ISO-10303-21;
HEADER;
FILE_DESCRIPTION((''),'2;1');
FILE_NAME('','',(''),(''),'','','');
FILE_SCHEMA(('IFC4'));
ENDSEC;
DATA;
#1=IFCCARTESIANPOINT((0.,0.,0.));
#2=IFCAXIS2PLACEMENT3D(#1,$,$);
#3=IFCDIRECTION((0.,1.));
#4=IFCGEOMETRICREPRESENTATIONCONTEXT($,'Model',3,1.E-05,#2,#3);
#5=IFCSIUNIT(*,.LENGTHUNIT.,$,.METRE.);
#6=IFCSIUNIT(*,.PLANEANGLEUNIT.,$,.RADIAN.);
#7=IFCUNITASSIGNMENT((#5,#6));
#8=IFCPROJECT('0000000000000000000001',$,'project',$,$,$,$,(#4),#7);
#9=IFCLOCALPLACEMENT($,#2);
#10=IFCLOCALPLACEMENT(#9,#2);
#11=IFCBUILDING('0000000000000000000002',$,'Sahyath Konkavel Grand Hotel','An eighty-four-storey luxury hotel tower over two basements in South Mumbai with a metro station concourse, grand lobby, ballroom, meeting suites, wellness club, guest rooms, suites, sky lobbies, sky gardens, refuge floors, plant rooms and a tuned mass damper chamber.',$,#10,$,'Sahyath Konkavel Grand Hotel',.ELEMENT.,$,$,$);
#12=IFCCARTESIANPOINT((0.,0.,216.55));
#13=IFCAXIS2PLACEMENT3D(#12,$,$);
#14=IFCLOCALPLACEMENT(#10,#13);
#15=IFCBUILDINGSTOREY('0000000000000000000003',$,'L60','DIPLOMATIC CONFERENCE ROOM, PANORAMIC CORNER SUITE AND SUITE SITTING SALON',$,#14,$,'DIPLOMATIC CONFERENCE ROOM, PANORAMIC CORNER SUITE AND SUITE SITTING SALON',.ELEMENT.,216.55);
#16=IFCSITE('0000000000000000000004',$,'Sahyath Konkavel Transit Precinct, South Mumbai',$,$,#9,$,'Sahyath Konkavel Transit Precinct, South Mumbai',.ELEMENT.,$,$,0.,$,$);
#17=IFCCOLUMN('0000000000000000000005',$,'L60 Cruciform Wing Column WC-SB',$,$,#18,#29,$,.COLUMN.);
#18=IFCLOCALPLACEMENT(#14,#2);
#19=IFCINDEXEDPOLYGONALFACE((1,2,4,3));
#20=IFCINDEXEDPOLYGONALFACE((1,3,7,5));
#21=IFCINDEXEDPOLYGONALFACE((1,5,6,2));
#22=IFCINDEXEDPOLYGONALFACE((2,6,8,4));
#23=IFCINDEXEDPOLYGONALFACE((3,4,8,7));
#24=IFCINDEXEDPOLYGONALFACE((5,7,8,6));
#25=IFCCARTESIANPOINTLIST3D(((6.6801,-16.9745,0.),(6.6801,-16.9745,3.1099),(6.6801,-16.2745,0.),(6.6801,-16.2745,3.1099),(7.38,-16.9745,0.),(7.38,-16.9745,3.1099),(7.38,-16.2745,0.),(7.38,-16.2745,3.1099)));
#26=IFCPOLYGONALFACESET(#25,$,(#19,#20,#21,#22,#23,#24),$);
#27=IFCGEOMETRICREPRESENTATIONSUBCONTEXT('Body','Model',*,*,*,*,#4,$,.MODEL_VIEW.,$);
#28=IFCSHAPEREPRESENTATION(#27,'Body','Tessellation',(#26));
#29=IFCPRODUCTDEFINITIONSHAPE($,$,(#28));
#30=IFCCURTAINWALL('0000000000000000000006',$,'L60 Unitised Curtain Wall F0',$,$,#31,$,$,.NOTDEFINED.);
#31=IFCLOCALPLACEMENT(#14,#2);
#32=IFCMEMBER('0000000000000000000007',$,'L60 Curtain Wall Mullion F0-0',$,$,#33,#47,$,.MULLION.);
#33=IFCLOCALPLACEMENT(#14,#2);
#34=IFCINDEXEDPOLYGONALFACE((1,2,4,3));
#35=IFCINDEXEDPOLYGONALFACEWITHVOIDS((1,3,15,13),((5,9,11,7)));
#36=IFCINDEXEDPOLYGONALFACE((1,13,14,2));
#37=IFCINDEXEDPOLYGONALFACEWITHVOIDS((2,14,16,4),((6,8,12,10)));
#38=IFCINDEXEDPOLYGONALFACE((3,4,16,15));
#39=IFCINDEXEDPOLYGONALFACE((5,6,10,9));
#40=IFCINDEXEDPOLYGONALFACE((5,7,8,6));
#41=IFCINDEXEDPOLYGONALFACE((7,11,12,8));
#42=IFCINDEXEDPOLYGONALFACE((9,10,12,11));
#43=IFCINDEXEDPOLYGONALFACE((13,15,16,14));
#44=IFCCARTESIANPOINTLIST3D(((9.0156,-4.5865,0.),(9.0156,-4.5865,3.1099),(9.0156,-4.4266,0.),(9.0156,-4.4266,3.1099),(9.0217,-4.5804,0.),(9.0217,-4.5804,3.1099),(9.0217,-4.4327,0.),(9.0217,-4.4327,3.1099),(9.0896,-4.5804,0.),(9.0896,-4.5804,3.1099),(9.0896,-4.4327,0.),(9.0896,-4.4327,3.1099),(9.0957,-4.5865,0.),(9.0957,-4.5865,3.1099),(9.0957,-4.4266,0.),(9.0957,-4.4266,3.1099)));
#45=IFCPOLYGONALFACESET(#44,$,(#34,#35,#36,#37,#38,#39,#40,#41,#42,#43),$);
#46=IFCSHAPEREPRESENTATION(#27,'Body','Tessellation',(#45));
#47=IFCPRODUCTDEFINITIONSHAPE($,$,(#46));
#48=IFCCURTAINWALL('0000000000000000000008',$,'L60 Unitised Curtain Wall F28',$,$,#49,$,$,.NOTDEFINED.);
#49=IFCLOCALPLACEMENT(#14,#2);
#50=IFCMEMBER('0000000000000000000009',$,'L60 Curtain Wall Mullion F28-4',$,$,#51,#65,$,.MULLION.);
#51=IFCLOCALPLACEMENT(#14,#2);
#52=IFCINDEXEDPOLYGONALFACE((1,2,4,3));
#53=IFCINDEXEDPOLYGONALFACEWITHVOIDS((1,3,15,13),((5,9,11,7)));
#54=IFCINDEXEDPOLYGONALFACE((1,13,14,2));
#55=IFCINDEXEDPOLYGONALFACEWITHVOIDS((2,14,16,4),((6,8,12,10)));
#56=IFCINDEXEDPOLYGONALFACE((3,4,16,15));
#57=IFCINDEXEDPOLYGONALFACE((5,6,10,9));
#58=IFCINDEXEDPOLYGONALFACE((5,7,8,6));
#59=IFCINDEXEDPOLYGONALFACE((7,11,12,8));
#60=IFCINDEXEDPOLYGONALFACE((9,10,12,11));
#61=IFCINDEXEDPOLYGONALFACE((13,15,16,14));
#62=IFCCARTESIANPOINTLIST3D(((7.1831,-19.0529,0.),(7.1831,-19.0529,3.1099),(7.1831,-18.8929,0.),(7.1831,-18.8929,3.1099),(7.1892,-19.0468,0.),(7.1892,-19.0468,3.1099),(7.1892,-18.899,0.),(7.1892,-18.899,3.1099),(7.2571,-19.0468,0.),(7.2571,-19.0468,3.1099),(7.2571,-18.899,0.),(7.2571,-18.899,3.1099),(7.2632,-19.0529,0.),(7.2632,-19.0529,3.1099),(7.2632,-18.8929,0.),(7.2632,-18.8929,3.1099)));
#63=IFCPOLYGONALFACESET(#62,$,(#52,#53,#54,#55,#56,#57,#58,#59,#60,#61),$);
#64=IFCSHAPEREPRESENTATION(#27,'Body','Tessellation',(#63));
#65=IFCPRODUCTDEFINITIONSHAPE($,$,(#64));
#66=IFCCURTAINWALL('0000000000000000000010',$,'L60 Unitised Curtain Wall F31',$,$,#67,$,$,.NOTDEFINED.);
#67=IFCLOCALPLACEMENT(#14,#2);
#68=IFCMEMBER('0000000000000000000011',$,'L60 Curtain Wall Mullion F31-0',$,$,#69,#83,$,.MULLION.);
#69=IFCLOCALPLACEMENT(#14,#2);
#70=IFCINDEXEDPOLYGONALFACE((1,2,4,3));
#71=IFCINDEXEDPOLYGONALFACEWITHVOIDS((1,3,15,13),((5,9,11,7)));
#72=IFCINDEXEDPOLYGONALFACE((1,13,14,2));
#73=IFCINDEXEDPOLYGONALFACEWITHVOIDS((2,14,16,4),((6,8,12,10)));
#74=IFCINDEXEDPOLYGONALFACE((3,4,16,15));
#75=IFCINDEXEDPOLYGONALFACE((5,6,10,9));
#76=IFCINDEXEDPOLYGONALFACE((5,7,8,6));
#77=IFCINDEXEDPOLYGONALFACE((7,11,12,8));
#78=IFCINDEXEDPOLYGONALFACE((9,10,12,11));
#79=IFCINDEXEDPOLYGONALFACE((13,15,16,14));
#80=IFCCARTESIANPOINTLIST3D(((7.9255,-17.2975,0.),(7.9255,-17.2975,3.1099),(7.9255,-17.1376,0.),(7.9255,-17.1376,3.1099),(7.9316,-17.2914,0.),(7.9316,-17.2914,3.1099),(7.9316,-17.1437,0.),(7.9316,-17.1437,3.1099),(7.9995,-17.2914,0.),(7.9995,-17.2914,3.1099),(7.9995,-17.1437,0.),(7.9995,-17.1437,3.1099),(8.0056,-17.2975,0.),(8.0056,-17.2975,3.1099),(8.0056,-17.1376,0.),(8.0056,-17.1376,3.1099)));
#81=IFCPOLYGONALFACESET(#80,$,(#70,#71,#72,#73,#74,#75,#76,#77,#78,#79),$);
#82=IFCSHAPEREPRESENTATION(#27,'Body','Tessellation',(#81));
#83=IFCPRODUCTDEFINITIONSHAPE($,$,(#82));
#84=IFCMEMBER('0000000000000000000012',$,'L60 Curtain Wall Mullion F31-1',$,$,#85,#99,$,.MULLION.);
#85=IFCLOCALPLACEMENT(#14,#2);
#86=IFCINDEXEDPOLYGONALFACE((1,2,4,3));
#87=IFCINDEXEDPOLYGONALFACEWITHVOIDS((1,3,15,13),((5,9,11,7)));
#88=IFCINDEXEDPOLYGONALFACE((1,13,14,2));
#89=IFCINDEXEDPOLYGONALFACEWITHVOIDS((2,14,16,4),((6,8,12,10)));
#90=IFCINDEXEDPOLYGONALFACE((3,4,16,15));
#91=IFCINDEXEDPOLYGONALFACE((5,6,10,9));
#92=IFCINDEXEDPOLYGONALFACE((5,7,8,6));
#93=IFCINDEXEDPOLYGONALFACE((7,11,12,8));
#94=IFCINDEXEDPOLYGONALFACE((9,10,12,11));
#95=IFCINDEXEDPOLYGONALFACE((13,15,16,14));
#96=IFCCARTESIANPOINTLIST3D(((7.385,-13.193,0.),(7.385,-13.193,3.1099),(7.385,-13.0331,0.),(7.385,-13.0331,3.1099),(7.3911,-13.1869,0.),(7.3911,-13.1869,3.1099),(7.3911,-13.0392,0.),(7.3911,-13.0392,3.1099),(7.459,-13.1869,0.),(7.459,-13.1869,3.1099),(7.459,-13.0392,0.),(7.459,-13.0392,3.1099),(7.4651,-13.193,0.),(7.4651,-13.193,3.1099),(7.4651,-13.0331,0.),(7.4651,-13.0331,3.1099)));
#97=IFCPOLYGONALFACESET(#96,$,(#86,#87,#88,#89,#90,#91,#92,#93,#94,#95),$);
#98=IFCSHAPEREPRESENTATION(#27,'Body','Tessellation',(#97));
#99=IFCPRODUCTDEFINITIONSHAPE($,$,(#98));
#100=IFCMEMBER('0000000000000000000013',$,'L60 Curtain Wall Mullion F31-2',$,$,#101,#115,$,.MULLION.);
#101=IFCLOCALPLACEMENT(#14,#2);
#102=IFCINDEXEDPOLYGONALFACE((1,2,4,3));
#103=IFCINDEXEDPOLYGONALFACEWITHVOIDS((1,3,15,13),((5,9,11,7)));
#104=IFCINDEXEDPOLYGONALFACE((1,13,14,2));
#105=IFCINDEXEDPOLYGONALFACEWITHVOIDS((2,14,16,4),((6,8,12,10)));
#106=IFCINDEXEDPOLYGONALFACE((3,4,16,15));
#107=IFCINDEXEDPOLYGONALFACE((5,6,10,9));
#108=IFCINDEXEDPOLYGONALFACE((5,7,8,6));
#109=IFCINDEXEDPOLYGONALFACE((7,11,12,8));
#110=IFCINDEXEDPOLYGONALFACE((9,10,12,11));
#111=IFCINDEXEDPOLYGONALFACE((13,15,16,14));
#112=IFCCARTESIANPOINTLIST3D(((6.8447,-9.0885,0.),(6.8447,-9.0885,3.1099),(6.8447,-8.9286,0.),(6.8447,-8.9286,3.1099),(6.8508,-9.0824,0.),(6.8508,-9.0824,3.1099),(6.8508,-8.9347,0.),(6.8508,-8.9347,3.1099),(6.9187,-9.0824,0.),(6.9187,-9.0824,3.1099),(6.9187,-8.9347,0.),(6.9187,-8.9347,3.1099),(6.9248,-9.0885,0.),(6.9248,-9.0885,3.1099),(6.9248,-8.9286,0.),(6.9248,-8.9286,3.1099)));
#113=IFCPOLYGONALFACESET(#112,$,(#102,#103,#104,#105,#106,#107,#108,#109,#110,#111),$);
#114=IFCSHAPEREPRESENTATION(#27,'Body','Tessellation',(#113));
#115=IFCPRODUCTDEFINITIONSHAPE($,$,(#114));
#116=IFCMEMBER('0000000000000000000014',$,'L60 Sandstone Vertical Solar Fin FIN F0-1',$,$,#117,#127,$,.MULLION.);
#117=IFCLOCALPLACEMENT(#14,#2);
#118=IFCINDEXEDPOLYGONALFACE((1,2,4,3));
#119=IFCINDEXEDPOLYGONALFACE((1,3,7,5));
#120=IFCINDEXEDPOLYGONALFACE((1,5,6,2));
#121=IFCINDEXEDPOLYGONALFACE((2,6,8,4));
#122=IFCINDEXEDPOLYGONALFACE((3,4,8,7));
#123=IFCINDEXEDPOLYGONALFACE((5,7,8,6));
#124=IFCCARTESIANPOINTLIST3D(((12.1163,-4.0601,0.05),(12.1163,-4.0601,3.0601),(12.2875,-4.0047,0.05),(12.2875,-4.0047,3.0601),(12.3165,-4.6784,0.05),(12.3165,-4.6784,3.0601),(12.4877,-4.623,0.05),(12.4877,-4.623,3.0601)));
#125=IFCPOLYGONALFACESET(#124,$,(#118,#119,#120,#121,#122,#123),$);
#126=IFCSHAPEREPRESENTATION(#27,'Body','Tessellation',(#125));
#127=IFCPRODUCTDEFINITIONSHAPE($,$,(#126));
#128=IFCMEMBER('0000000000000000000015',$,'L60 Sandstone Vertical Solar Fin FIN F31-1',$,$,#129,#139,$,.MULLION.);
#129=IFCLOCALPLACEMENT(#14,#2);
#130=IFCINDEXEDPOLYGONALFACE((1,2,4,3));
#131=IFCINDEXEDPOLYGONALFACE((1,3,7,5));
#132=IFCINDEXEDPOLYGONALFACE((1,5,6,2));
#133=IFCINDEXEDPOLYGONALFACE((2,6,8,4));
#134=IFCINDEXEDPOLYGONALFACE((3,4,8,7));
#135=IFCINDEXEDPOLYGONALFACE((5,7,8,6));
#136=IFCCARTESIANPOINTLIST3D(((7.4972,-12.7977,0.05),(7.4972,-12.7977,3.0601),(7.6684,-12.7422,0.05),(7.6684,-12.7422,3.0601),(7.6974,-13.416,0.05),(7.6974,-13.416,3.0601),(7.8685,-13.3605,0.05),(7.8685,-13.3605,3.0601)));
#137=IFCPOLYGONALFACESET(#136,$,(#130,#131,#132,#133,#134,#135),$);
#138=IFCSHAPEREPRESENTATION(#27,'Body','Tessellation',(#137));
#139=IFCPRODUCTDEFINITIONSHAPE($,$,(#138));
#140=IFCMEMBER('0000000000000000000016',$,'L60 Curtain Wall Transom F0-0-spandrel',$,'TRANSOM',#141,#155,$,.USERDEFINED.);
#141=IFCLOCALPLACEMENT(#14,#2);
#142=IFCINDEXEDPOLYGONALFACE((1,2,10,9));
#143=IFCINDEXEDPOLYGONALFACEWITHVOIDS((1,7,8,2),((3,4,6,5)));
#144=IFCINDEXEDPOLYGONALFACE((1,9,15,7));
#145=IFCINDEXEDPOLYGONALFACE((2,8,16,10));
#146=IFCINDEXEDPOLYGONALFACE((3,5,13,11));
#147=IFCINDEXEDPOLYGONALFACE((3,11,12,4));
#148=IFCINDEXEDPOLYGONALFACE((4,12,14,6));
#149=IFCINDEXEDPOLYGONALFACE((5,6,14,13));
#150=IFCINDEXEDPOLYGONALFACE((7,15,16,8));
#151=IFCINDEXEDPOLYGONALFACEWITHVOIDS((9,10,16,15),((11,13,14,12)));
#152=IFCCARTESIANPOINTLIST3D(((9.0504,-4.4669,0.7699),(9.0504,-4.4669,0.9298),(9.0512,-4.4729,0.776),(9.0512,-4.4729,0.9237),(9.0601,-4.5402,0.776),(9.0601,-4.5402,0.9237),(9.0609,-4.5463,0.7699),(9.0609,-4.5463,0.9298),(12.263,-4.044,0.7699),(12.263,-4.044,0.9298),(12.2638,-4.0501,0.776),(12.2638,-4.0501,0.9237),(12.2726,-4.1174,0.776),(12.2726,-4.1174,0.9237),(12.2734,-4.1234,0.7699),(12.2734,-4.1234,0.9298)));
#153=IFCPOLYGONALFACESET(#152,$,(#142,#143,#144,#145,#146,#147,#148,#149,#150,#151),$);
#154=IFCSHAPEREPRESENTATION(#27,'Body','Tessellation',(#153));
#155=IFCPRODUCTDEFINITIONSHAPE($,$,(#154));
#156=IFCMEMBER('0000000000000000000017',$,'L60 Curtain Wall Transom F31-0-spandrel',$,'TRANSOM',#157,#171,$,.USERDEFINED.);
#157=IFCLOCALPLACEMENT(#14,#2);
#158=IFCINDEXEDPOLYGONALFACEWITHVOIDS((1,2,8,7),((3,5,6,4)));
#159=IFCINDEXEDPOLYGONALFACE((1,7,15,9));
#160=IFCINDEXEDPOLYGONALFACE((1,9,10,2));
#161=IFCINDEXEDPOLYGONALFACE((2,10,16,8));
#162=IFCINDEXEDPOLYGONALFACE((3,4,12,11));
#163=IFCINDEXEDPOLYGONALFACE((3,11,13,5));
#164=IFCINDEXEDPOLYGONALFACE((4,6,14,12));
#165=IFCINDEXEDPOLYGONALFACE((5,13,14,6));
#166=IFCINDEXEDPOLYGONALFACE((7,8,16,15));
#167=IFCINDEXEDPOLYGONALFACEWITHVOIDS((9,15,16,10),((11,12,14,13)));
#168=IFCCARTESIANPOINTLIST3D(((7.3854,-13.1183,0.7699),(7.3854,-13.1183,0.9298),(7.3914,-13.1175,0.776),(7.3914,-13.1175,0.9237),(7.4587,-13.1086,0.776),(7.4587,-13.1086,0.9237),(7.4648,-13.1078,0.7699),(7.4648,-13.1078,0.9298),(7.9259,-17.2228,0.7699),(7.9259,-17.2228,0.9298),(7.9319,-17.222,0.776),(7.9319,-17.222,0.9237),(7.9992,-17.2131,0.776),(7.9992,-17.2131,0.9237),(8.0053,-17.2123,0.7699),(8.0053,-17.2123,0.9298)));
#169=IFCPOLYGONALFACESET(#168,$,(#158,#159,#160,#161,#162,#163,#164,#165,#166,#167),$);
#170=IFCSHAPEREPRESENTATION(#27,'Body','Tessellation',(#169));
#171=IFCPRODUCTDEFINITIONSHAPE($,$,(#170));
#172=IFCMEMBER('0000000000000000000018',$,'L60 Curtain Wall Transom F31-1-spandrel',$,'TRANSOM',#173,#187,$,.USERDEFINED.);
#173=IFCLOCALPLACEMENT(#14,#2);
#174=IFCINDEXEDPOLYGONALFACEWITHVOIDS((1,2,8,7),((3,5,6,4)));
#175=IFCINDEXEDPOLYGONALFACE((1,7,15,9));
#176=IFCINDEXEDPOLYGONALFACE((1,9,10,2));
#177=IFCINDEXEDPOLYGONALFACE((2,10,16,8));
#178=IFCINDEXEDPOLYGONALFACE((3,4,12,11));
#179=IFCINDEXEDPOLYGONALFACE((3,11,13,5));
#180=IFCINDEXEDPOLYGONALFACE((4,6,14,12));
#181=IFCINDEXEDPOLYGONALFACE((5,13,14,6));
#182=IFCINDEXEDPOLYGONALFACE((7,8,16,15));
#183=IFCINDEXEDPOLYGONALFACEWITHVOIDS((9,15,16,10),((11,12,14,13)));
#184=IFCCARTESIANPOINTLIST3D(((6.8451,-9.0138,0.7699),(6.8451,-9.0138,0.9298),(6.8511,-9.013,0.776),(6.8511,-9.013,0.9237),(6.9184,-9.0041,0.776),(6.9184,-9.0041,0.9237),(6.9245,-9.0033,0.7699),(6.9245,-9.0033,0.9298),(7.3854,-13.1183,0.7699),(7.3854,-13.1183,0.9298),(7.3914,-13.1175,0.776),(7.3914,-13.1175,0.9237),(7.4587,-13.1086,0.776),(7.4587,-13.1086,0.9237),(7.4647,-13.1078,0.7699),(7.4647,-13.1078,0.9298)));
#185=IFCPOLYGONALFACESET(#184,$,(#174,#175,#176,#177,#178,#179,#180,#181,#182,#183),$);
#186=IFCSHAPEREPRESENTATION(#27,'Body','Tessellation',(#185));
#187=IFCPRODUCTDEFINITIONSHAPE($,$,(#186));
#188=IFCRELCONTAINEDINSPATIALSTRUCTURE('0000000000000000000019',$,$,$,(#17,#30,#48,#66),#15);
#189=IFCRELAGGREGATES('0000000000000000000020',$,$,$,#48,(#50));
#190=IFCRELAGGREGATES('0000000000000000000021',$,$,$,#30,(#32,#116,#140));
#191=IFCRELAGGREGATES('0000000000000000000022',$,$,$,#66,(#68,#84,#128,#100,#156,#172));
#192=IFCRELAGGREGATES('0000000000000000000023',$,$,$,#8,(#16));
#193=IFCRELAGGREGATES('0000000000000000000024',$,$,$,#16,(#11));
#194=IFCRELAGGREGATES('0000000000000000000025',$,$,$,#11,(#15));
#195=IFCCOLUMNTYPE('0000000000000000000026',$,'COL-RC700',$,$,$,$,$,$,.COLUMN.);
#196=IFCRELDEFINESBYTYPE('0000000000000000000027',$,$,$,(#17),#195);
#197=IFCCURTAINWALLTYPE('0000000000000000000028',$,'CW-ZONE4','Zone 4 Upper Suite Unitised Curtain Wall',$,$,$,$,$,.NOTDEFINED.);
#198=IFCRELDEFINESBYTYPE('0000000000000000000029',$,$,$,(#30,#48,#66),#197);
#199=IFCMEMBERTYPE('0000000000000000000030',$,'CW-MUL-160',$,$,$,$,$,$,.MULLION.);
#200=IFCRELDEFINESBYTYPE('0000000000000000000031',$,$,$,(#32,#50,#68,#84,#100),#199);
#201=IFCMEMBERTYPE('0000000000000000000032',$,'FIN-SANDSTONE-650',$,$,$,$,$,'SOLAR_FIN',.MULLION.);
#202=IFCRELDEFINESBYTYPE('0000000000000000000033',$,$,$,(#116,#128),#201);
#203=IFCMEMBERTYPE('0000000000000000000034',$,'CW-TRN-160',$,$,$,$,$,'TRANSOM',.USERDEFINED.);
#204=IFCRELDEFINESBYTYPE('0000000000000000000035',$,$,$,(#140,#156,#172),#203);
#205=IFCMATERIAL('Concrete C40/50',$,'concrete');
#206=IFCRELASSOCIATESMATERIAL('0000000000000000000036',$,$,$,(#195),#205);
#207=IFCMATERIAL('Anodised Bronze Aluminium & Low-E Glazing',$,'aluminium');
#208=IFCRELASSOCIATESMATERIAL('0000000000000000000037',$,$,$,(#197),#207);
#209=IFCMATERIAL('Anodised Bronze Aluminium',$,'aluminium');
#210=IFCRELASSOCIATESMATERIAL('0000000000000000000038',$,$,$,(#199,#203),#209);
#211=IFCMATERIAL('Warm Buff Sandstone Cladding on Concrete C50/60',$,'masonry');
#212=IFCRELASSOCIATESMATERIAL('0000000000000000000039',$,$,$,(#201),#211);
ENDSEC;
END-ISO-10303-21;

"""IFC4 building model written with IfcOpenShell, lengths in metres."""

from ifc_helpers import new_model, si_unit, direction, frame, origin, origin_2d, place, context, subcontext, project, spatial, rectangle, hollow_rectangle, extrude, source, transform, mapped, material, material_profile, profile_set, type_object, element, aggregate, save


model = new_model("IFC4")

# Units and contexts
model_context = context("Model", 3, precision=1e-05, world=origin(), true_north=direction((0.0, 1.0)))
body_context = subcontext(model_context, "Body", "Model", "MODEL_VIEW")
ifc_project = project(units=[si_unit("LENGTHUNIT", "METRE"), si_unit("PLANEANGLEUNIT", "RADIAN")], contexts=[model_context])

# Site, building, storey
site_placement = place(None, origin())
site = spatial("IfcSite", under=ifc_project, at=site_placement, Name="Sahyath Konkavel Transit Precinct, South Mumbai", LongName="Sahyath Konkavel Transit Precinct, South Mumbai", CompositionType="ELEMENT", RefElevation=0.0)
building_placement = place(site_placement, origin())
building = spatial("IfcBuilding", under=site, at=building_placement, Name="Sahyath Konkavel Grand Hotel", Description="An eighty-four-storey luxury hotel tower over two basements in South Mumbai with a metro station concourse, grand lobby, ballroom, meeting suites, wellness club, guest rooms, suites, sky lobbies, sky gardens, refuge floors, plant rooms and a tuned mass damper chamber.", LongName="Sahyath Konkavel Grand Hotel", CompositionType="ELEMENT")
storey_placement = place(building_placement, frame((0.0, 0.0, 216.55)))
storey = spatial("IfcBuildingStorey", under=building, at=storey_placement, Name="L60", Description="DIPLOMATIC CONFERENCE ROOM, PANORAMIC CORNER SUITE AND SUITE SITTING SALON", LongName="DIPLOMATIC CONFERENCE ROOM, PANORAMIC CORNER SUITE AND SUITE SITTING SALON", CompositionType="ELEMENT", Elevation=216.55)

# Column
ifc_material_1 = material(Name="Concrete C40/50", Category="concrete")
ifc_material_profile_1 = material_profile(ifc_material_1, rectangle(XDim=0.7, YDim=0.7, at=origin_2d()), Name="RC 700x700")
ifc_profile_set_1 = profile_set([ifc_material_profile_1], Name="Concrete C40/50")
column_type = type_object("IfcColumnType", Name="COL-RC700", PredefinedType="COLUMN", material=ifc_profile_set_1)
shared_shape_1 = source(origin(), body_context, "Body", "SweptSolid", [
    extrude(rectangle(XDim=0.7, YDim=0.7, at=origin_2d()), origin(), (0.0, 0.0, 1.0), 3.1099),
])
column_placement = place(storey_placement, frame((7.03, -16.6245, 0.0), z_axis=(0.0, 0.0, 1.0), x_axis=(1.0, 0.0, 0.0)))
element("IfcColumn", 1, at=column_placement, inside=storey, type_object=column_type, Name="L60 Cruciform Wing Column WC-SB", PredefinedType="COLUMN", context=body_context, shape_type="MappedRepresentation", body=[
    mapped(shared_shape_1, transform((0.0, 0.0, 0.0), scale=1.0)),
])

# Curtain walls, members
ifc_material_2 = material(Name="Anodised Bronze Aluminium & Low-E Glazing", Category="aluminium")
curtain_wall_type = type_object("IfcCurtainWallType", Name="CW-ZONE4", Description="Zone 4 Upper Suite Unitised Curtain Wall", PredefinedType="NOTDEFINED", material=ifc_material_2)
curtain_wall_1_placement = place(storey_placement, origin())
curtain_wall_1 = element("IfcCurtainWall", 2, at=curtain_wall_1_placement, inside=storey, type_object=curtain_wall_type, Name="L60 Unitised Curtain Wall F0", PredefinedType="NOTDEFINED")
ifc_material_3 = material(Name="Anodised Bronze Aluminium", Category="aluminium")
ifc_material_profile_2 = material_profile(ifc_material_3, hollow_rectangle(XDim=0.0801, YDim=0.1599, WallThickness=0.0061, at=origin_2d()), Name="RHS 160x80x6")
ifc_profile_set_2 = profile_set([ifc_material_profile_2], Name="Anodised Bronze Aluminium")
member_type_1 = type_object("IfcMemberType", Name="CW-MUL-160", PredefinedType="MULLION", material=ifc_profile_set_2)
shared_shape_2 = source(origin(), body_context, "Body", "SweptSolid", [
    extrude(hollow_rectangle(XDim=0.0801, YDim=0.1599, WallThickness=0.0061, at=origin_2d()), origin(), (0.0, 0.0, 1.0), 3.1099),
])
member_1_placement = place(storey_placement, frame((9.0557, -4.5066, 0.0), z_axis=(0.0, 0.0, 1.0), x_axis=(1.0, 0.0, 0.0)))
member_1 = element("IfcMember", 3, at=member_1_placement, type_object=member_type_1, Name="L60 Curtain Wall Mullion F0-0", PredefinedType="MULLION", context=body_context, shape_type="MappedRepresentation", body=[
    mapped(shared_shape_2, transform((0.0, 0.0, 0.0), scale=1.0)),
])
curtain_wall_2_placement = place(storey_placement, origin())
curtain_wall_2 = element("IfcCurtainWall", 4, at=curtain_wall_2_placement, inside=storey, type_object=curtain_wall_type, Name="L60 Unitised Curtain Wall F28", PredefinedType="NOTDEFINED")
member_2_placement = place(storey_placement, frame((7.2231, -18.9729, 0.0), z_axis=(0.0, 0.0, 1.0), x_axis=(1.0, 0.0, 0.0)))
member_2 = element("IfcMember", 5, at=member_2_placement, type_object=member_type_1, Name="L60 Curtain Wall Mullion F28-4", PredefinedType="MULLION", context=body_context, shape_type="MappedRepresentation", body=[
    mapped(shared_shape_2, transform((0.0, 0.0, 0.0), scale=1.0)),
])
aggregate(curtain_wall_2, [member_2])

# Curtain wall, members
curtain_wall_3_placement = place(storey_placement, origin())
curtain_wall_3 = element("IfcCurtainWall", 6, at=curtain_wall_3_placement, inside=storey, type_object=curtain_wall_type, Name="L60 Unitised Curtain Wall F31", PredefinedType="NOTDEFINED")
member_3_placement = place(storey_placement, frame((7.9656, -17.2175, 0.0), z_axis=(0.0, 0.0, 1.0), x_axis=(1.0, 0.0, 0.0)))
member_3 = element("IfcMember", 7, at=member_3_placement, type_object=member_type_1, Name="L60 Curtain Wall Mullion F31-0", PredefinedType="MULLION", context=body_context, shape_type="MappedRepresentation", body=[
    mapped(shared_shape_2, transform((0.0, 0.0, 0.0), scale=1.0)),
])
member_4_placement = place(storey_placement, frame((7.425, -13.113, 0.0), z_axis=(0.0, 0.0, 1.0), x_axis=(1.0, 0.0, 0.0)))
member_4 = element("IfcMember", 8, at=member_4_placement, type_object=member_type_1, Name="L60 Curtain Wall Mullion F31-1", PredefinedType="MULLION", context=body_context, shape_type="MappedRepresentation", body=[
    mapped(shared_shape_2, transform((0.0, 0.0, 0.0), scale=1.0)),
])
member_5_placement = place(storey_placement, frame((6.8848, -9.0085, 0.0), z_axis=(0.0, 0.0, 1.0), x_axis=(1.0, 0.0, 0.0)))
member_5 = element("IfcMember", 9, at=member_5_placement, type_object=member_type_1, Name="L60 Curtain Wall Mullion F31-2", PredefinedType="MULLION", context=body_context, shape_type="MappedRepresentation", body=[
    mapped(shared_shape_2, transform((0.0, 0.0, 0.0), scale=1.0)),
])

# Members
ifc_material_4 = material(Name="Warm Buff Sandstone Cladding on Concrete C50/60", Category="masonry")
ifc_material_profile_3 = material_profile(ifc_material_4, rectangle(XDim=0.1799, YDim=0.6499, at=origin_2d()), Name="FIN 180x650")
ifc_profile_set_3 = profile_set([ifc_material_profile_3], Name="Warm Buff Sandstone Cladding on Concrete C50/60")
member_type_2 = type_object("IfcMemberType", Name="FIN-SANDSTONE-650", ElementType="SOLAR_FIN", PredefinedType="MULLION", material=ifc_profile_set_3)
shared_shape_3 = source(origin(), body_context, "Body", "SweptSolid", [
    extrude(rectangle(XDim=0.1799, YDim=0.6499, at=origin_2d()), origin(), (0.0, 0.0, 1.0), 3.01),
])
member_6_placement = place(storey_placement, frame((12.302, -4.3416, 0.05), z_axis=(0.0, 0.0, 1.0), x_axis=(0.95138, 0.308021, 0.0)))
member_6 = element("IfcMember", 10, at=member_6_placement, type_object=member_type_2, Name="L60 Sandstone Vertical Solar Fin FIN F0-1", PredefinedType="MULLION", context=body_context, shape_type="MappedRepresentation", body=[
    mapped(shared_shape_3, transform((0.0, 0.0, 0.0), scale=1.0)),
])
member_7_placement = place(storey_placement, frame((7.6829, -13.0791, 0.05), z_axis=(0.0, 0.0, 1.0), x_axis=(0.95138, 0.308021, 0.0)))
member_7 = element("IfcMember", 11, at=member_7_placement, type_object=member_type_2, Name="L60 Sandstone Vertical Solar Fin FIN F31-1", PredefinedType="MULLION", context=body_context, shape_type="MappedRepresentation", body=[
    mapped(shared_shape_3, transform((0.0, 0.0, 0.0), scale=1.0)),
])
ifc_material_profile_4 = material_profile(ifc_material_3, hollow_rectangle(XDim=0.0801, YDim=0.1599, WallThickness=0.0061, at=origin_2d()), Name="RHS 160x80x6")
ifc_profile_set_4 = profile_set([ifc_material_profile_4], Name="Anodised Bronze Aluminium")
member_type_3 = type_object("IfcMemberType", Name="CW-TRN-160", ElementType="TRANSOM", PredefinedType="USERDEFINED", material=ifc_profile_set_4)
shared_shape_4 = source(origin(), body_context, "Body", "SweptSolid", [
    extrude(hollow_rectangle(XDim=0.0801, YDim=0.1599, WallThickness=0.0061, at=origin_2d()), origin(), (0.0, 0.0, 1.0), 3.2402),
])
member_8_placement = place(storey_placement, frame((9.0557, -4.5066, 0.8499), z_axis=(0.991448, 0.130505, 0.0), x_axis=(-0.130505, 0.991448, 0.0)))
member_8 = element("IfcMember", 12, at=member_8_placement, type_object=member_type_3, Name="L60 Curtain Wall Transom F0-0-spandrel", ObjectType="TRANSOM", PredefinedType="USERDEFINED", context=body_context, shape_type="MappedRepresentation", body=[
    mapped(shared_shape_4, transform((0.0, 0.0, 0.0), scale=1.0)),
])
shared_shape_5 = source(origin(), body_context, "Body", "SweptSolid", [
    extrude(hollow_rectangle(XDim=0.0801, YDim=0.1599, WallThickness=0.0061, at=origin_2d()), origin(), (0.0, 0.0, 1.0), 4.1399),
])
member_9_placement = place(storey_placement, frame((7.9656, -17.2175, 0.8499), z_axis=(-0.130564, 0.99144, 0.0), x_axis=(-0.99144, -0.130564, 0.0)))
member_9 = element("IfcMember", 13, at=member_9_placement, type_object=member_type_3, Name="L60 Curtain Wall Transom F31-0-spandrel", ObjectType="TRANSOM", PredefinedType="USERDEFINED", context=body_context, shape_type="MappedRepresentation", body=[
    mapped(shared_shape_5, transform((0.0, 0.0, 0.0), scale=1.0)),
])
member_10_placement = place(storey_placement, frame((7.425, -13.113, 0.8499), z_axis=(-0.130506, 0.991447, 0.0), x_axis=(-0.991447, -0.130506, 0.0)))
member_10 = element("IfcMember", 14, at=member_10_placement, type_object=member_type_3, Name="L60 Curtain Wall Transom F31-1-spandrel", ObjectType="TRANSOM", PredefinedType="USERDEFINED", context=body_context, shape_type="MappedRepresentation", body=[
    mapped(shared_shape_5, transform((0.0, 0.0, 0.0), scale=1.0)),
])

aggregate(curtain_wall_1, [member_1, member_6, member_8])
aggregate(curtain_wall_3, [member_3, member_4, member_7, member_5, member_9, member_10])

save(model, "model.ifc")
